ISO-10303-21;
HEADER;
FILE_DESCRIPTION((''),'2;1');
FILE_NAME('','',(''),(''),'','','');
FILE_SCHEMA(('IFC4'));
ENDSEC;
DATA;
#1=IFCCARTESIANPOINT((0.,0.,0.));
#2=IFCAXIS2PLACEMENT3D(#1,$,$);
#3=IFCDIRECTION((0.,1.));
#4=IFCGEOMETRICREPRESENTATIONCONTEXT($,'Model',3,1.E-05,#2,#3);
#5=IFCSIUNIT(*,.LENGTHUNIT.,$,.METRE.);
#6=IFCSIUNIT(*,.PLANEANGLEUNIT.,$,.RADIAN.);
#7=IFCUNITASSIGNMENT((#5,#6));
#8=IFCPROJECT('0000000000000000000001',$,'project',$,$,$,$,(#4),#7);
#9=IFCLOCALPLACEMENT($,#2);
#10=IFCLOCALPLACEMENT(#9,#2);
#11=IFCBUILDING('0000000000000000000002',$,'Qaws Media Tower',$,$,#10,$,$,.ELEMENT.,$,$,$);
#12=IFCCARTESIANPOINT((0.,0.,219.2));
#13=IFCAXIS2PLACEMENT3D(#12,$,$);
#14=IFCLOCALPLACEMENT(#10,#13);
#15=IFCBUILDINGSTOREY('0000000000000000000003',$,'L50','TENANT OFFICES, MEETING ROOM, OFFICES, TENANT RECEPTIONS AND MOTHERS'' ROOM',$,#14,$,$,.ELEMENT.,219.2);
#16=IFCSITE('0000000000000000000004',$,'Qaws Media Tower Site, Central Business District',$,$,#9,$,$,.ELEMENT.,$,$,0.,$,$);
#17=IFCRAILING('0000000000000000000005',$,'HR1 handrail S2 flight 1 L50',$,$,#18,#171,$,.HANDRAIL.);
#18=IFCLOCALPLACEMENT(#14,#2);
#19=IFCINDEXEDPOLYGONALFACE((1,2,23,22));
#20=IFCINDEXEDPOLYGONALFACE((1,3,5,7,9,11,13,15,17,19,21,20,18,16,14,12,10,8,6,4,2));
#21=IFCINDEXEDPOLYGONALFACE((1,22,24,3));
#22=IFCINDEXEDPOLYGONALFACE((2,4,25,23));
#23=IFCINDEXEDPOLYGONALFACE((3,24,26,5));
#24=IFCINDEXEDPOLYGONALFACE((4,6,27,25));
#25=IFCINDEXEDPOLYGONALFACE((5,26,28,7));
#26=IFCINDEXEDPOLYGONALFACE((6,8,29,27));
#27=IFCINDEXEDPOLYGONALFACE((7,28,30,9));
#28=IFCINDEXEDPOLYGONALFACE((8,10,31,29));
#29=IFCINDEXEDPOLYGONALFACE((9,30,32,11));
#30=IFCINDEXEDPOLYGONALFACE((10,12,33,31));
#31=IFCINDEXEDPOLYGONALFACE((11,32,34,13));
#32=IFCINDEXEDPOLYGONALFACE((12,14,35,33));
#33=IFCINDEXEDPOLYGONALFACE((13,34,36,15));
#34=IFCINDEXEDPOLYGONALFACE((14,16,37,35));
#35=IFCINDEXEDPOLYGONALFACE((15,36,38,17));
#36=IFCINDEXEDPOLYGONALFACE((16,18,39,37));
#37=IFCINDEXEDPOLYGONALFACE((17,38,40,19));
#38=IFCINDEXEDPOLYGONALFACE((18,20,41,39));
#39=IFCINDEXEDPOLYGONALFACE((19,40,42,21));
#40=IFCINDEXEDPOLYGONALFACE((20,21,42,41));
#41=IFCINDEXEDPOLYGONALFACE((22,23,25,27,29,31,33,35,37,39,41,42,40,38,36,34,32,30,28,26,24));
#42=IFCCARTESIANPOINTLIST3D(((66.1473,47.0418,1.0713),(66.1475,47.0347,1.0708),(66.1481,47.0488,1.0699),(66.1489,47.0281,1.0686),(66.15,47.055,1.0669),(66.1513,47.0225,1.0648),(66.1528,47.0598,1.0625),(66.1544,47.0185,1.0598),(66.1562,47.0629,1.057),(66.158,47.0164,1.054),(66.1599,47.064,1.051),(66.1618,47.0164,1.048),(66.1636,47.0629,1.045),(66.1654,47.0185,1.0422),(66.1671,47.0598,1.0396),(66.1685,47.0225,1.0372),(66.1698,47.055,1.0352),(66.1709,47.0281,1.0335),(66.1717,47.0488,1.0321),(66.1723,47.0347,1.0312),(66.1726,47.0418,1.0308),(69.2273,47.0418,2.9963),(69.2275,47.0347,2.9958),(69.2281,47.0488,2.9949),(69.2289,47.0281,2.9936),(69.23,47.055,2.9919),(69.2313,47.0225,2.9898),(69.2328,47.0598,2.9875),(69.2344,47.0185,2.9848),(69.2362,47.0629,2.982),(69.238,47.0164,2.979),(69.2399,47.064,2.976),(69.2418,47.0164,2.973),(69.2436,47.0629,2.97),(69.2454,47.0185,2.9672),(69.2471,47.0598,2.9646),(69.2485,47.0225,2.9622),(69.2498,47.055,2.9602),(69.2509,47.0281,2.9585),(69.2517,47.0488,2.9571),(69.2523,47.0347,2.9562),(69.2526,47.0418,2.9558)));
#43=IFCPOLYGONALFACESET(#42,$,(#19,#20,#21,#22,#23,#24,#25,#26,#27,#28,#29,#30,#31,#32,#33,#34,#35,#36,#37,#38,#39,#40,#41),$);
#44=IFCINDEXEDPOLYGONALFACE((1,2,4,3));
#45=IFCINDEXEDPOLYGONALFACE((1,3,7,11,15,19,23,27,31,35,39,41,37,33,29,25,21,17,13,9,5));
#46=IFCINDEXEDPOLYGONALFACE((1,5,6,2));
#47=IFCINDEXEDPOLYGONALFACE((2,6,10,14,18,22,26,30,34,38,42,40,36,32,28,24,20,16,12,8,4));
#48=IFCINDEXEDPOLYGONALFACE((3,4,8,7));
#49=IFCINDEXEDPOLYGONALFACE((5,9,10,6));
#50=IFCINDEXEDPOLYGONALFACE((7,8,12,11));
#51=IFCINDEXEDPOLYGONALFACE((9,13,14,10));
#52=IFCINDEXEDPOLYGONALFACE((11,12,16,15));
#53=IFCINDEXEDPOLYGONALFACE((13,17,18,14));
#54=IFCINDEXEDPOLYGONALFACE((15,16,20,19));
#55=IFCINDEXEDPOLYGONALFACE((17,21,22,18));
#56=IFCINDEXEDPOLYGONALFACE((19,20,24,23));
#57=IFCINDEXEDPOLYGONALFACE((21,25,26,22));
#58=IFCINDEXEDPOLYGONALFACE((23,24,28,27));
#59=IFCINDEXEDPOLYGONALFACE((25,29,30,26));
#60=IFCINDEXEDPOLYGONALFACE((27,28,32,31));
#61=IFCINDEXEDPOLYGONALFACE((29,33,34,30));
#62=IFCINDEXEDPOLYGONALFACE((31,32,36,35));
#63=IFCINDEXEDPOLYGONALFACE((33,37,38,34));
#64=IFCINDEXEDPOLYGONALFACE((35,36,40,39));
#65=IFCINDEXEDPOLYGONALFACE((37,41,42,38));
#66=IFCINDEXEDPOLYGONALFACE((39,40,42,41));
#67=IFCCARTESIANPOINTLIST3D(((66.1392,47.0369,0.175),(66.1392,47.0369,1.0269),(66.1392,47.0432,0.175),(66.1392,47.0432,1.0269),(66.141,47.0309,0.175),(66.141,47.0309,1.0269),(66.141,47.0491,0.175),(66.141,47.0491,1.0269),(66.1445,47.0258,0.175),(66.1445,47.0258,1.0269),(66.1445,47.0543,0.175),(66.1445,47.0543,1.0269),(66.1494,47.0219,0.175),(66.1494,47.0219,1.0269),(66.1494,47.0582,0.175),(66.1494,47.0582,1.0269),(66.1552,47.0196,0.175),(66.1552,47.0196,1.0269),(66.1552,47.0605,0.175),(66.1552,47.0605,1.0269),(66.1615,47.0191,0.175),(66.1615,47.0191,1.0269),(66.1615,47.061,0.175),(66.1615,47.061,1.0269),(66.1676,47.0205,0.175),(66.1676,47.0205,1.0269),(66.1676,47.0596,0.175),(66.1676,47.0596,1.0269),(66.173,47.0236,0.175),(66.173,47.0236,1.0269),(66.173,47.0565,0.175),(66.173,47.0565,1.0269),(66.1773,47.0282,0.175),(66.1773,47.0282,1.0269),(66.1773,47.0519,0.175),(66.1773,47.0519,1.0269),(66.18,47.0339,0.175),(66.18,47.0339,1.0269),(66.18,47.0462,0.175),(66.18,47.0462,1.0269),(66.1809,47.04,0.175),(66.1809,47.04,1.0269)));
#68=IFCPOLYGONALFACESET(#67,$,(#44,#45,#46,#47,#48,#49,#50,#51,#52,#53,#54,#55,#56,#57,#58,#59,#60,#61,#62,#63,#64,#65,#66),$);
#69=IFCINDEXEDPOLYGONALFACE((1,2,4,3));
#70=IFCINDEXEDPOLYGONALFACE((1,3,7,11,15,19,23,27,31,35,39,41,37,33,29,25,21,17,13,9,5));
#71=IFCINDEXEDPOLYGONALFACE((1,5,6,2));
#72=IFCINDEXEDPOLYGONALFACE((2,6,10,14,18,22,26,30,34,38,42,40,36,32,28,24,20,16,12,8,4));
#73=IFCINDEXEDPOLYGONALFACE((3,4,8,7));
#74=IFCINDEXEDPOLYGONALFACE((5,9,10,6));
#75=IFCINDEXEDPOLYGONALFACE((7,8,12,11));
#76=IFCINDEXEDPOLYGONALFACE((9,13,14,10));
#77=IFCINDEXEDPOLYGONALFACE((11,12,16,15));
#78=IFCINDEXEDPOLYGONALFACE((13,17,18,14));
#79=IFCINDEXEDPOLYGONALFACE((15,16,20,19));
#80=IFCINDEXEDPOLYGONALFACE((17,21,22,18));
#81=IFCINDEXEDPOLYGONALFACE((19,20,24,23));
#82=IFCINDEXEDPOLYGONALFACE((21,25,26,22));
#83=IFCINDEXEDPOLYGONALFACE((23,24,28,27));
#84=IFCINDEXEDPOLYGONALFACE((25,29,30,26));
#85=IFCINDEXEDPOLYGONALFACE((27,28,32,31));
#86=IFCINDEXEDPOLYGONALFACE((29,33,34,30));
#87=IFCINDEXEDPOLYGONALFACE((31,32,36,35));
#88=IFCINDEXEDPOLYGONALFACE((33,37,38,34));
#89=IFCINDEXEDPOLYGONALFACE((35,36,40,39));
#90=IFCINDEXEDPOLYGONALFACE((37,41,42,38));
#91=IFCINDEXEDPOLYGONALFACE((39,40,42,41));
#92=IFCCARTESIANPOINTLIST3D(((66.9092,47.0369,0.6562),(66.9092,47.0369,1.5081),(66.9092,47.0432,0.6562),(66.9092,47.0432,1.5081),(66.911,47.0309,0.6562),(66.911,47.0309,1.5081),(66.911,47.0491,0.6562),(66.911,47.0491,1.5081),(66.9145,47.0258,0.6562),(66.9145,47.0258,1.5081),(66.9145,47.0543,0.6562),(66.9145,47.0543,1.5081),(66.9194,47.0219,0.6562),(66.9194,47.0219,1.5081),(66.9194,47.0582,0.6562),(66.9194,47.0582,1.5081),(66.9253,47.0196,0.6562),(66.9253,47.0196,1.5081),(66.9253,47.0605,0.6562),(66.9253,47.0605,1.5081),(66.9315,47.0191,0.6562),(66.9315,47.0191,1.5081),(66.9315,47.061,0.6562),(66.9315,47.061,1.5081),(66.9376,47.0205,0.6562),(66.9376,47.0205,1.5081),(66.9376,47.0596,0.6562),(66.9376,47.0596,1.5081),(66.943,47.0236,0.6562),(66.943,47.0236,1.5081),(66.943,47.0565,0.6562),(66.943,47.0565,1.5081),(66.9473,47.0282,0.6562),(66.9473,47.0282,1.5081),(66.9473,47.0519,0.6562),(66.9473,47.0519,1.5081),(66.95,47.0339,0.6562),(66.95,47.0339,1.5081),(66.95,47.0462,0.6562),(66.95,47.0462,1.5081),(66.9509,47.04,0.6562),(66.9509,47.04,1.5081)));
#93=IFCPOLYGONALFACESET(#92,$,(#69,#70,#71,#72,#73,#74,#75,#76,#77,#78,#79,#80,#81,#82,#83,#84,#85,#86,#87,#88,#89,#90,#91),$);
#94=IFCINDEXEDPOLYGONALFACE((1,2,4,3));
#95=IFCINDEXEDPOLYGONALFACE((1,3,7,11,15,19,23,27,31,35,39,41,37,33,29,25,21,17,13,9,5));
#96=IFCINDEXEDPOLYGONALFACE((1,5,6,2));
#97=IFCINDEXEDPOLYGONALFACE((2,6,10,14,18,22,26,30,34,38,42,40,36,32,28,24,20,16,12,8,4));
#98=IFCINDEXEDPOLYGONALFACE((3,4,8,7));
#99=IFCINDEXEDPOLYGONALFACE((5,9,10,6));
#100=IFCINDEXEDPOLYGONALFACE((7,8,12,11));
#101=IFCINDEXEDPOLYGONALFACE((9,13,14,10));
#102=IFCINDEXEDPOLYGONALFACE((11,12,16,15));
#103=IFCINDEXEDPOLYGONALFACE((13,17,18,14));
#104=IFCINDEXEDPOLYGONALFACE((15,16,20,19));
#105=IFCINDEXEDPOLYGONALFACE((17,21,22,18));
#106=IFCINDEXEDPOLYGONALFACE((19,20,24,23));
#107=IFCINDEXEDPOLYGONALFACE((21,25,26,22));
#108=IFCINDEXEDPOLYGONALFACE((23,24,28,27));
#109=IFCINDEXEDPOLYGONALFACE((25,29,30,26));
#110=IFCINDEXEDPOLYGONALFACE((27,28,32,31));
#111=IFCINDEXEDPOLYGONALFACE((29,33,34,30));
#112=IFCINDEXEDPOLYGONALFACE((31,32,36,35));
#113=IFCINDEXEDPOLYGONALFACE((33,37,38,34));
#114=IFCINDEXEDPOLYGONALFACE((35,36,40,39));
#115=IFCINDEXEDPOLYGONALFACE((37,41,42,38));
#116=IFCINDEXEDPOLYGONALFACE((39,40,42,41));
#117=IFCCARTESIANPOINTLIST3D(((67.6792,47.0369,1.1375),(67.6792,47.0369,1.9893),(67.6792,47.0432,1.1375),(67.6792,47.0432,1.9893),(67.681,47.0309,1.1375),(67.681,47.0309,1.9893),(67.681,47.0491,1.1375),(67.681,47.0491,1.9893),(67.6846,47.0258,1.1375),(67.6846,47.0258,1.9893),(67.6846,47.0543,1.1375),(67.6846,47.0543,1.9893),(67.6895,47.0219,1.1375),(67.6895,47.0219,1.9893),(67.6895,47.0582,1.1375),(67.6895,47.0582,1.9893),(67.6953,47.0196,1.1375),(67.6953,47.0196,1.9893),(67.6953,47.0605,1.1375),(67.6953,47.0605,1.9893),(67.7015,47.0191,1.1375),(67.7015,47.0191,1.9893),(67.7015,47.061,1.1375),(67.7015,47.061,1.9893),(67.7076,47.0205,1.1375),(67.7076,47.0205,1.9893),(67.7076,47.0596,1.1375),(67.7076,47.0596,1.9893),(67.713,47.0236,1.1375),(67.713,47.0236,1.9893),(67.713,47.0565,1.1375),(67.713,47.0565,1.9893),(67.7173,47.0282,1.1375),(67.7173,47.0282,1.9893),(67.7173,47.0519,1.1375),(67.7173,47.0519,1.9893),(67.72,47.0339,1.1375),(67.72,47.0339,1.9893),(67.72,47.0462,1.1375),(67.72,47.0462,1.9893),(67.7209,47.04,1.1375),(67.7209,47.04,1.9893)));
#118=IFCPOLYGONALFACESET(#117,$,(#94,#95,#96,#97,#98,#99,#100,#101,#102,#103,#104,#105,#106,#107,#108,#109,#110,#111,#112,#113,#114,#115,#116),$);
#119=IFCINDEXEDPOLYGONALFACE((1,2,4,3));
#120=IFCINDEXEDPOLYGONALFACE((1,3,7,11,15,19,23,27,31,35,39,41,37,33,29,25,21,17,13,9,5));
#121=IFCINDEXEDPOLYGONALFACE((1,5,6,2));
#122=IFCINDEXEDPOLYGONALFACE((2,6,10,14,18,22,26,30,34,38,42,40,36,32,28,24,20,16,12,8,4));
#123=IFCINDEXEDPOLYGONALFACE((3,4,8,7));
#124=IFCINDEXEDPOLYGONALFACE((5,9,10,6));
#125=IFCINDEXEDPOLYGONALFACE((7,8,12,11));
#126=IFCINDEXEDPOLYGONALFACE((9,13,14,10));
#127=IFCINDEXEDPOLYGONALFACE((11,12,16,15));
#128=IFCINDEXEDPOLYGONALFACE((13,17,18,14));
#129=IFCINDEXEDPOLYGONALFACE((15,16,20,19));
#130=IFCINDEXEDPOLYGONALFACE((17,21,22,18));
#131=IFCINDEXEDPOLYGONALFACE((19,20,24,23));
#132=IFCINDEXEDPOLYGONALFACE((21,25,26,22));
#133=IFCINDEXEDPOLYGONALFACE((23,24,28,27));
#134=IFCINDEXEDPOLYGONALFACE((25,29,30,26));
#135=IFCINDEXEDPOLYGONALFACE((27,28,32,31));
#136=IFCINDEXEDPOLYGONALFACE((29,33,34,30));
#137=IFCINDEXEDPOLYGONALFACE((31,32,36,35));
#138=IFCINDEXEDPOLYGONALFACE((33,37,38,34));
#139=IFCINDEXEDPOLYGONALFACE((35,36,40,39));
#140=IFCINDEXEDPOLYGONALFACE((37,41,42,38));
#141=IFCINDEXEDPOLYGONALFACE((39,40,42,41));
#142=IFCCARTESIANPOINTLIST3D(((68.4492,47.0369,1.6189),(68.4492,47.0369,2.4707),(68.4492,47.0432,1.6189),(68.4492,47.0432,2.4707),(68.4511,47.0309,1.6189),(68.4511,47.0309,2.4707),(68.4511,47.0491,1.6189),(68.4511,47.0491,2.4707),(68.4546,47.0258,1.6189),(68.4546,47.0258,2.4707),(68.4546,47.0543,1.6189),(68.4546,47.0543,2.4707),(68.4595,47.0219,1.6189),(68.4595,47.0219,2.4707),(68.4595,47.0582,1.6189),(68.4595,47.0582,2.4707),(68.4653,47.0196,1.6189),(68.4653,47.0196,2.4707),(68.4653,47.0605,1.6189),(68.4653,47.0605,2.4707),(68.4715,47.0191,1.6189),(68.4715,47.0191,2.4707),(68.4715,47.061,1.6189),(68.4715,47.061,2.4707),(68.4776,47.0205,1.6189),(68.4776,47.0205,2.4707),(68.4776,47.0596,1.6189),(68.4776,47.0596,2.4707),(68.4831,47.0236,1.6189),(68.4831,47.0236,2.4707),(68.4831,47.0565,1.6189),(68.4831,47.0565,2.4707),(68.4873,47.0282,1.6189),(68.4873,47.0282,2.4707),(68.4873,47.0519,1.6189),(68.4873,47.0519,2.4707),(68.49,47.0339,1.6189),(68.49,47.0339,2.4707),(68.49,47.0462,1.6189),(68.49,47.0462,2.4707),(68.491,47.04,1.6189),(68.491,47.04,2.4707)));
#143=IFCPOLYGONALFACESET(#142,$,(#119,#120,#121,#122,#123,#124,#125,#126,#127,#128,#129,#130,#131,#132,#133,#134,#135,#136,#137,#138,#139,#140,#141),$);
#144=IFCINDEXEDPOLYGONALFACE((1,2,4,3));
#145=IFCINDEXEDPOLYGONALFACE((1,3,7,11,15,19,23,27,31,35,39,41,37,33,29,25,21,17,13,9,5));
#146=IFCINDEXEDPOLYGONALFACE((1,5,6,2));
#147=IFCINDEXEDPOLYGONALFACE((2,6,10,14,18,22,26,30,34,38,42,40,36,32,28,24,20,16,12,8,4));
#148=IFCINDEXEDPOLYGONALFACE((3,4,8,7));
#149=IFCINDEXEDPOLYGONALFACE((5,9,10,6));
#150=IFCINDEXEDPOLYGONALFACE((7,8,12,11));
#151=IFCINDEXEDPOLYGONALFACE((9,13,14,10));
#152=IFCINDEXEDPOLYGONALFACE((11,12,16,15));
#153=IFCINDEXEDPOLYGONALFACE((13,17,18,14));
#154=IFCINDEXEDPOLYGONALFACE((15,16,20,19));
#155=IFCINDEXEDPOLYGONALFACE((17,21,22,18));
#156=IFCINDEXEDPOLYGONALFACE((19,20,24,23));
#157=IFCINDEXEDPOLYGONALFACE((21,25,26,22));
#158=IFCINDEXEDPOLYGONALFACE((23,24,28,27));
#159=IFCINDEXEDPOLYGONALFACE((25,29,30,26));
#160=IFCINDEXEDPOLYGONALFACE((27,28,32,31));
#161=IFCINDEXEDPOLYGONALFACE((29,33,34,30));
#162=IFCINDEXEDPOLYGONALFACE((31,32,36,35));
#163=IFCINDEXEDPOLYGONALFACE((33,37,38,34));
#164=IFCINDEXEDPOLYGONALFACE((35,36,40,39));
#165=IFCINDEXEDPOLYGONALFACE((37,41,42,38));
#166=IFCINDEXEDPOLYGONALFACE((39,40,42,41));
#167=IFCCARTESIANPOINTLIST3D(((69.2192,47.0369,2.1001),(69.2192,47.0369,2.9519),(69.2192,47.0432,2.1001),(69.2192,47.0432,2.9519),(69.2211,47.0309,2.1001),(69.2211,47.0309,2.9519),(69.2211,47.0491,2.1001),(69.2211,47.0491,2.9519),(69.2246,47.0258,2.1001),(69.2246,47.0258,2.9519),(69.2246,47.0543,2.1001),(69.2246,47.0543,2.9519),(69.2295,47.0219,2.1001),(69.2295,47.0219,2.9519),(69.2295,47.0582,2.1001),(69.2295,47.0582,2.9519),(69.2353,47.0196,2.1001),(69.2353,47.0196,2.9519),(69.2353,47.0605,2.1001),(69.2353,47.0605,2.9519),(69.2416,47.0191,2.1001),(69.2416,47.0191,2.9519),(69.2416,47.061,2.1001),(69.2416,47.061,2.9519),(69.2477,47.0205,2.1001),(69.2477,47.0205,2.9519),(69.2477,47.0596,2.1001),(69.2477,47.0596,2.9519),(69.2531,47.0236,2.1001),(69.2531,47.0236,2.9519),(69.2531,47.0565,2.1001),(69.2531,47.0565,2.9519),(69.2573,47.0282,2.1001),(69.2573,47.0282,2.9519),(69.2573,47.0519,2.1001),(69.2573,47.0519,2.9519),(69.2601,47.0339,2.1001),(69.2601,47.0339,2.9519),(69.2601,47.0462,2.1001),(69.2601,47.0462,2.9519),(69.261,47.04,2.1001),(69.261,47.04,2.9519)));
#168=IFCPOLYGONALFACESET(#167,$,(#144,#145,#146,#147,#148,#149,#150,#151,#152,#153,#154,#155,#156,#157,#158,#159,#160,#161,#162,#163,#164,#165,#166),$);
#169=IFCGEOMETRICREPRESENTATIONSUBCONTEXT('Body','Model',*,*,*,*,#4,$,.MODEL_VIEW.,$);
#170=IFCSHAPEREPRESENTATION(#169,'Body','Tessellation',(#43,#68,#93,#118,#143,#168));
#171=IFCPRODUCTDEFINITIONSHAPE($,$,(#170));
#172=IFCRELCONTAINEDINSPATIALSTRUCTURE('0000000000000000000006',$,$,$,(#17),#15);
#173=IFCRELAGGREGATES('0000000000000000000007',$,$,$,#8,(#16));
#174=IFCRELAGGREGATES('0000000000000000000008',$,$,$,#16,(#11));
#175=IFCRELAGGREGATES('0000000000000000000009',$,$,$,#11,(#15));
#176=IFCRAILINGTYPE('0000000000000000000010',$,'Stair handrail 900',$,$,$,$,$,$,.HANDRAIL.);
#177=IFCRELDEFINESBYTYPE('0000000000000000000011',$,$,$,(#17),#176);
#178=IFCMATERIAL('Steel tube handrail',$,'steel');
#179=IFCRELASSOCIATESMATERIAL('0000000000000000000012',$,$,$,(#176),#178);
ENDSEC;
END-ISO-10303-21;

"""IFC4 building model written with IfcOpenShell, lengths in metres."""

from ifc_helpers import new_model, si_unit, direction, frame, origin, origin_2d, place, context, subcontext, project, spatial, circle, extrude, material, type_object, element, save


model = new_model("IFC4")

# Units and contexts
model_context = context("Model", 3, precision=1e-05, world=origin(), true_north=direction((0.0, 1.0)))
body_context = subcontext(model_context, "Body", "Model", "MODEL_VIEW")
ifc_project = project(units=[si_unit("LENGTHUNIT", "METRE"), si_unit("PLANEANGLEUNIT", "RADIAN")], contexts=[model_context])

# Site, building, storey
site_placement = place(None, origin())
site = spatial("IfcSite", under=ifc_project, at=site_placement, Name="Qaws Media Tower Site, Central Business District", CompositionType="ELEMENT", RefElevation=0.0)
building_placement = place(site_placement, origin())
building = spatial("IfcBuilding", under=site, at=building_placement, Name="Qaws Media Tower", CompositionType="ELEMENT")
storey_placement = place(building_placement, frame((0.0, 0.0, 219.2)))
storey = spatial("IfcBuildingStorey", under=building, at=storey_placement, Name="L50", Description="TENANT OFFICES, MEETING ROOM, OFFICES, TENANT RECEPTIONS AND MOTHERS' ROOM", CompositionType="ELEMENT", Elevation=219.2)

# Railing
ifc_material_1 = material(Name="Steel tube handrail", Category="steel")
railing_type = type_object("IfcRailingType", Name="Stair handrail 900", PredefinedType="HANDRAIL", material=ifc_material_1)
railing_placement = place(storey_placement, frame((66.1599, 47.04, 0.175)))
element("IfcRailing", 1, at=railing_placement, inside=storey, type_object=railing_type, Name="HR1 handrail S2 flight 1 L50", PredefinedType="HANDRAIL", context=body_context, shape_type="SweptSolid", body=[
    extrude(circle(Radius=0.0239, at=origin_2d()), frame((0.0, 0.0, 0.876), z_axis=(0.847998, 0.0, 0.529999), x_axis=(0.0, 1.0, 0.0)), (0.0, 0.0, 1.0), 3.6321),
    extrude(circle(Radius=0.021, at=origin_2d()), origin(), (0.0, 0.0, 1.0), 0.8518),
    extrude(circle(Radius=0.021, at=origin_2d()), frame((0.77, 0.0, 0.4812)), (0.0, 0.0, 1.0), 0.8518),
    extrude(circle(Radius=0.021, at=origin_2d()), frame((1.54, 0.0, 0.9624)), (0.0, 0.0, 1.0), 0.8518),
    extrude(circle(Radius=0.021, at=origin_2d()), frame((2.3101, 0.0, 1.4438)), (0.0, 0.0, 1.0), 0.8518),
    extrude(circle(Radius=0.021, at=origin_2d()), frame((3.0801, 0.0, 1.925)), (0.0, 0.0, 1.0), 0.8518),
])

save(model, "model.ifc")
